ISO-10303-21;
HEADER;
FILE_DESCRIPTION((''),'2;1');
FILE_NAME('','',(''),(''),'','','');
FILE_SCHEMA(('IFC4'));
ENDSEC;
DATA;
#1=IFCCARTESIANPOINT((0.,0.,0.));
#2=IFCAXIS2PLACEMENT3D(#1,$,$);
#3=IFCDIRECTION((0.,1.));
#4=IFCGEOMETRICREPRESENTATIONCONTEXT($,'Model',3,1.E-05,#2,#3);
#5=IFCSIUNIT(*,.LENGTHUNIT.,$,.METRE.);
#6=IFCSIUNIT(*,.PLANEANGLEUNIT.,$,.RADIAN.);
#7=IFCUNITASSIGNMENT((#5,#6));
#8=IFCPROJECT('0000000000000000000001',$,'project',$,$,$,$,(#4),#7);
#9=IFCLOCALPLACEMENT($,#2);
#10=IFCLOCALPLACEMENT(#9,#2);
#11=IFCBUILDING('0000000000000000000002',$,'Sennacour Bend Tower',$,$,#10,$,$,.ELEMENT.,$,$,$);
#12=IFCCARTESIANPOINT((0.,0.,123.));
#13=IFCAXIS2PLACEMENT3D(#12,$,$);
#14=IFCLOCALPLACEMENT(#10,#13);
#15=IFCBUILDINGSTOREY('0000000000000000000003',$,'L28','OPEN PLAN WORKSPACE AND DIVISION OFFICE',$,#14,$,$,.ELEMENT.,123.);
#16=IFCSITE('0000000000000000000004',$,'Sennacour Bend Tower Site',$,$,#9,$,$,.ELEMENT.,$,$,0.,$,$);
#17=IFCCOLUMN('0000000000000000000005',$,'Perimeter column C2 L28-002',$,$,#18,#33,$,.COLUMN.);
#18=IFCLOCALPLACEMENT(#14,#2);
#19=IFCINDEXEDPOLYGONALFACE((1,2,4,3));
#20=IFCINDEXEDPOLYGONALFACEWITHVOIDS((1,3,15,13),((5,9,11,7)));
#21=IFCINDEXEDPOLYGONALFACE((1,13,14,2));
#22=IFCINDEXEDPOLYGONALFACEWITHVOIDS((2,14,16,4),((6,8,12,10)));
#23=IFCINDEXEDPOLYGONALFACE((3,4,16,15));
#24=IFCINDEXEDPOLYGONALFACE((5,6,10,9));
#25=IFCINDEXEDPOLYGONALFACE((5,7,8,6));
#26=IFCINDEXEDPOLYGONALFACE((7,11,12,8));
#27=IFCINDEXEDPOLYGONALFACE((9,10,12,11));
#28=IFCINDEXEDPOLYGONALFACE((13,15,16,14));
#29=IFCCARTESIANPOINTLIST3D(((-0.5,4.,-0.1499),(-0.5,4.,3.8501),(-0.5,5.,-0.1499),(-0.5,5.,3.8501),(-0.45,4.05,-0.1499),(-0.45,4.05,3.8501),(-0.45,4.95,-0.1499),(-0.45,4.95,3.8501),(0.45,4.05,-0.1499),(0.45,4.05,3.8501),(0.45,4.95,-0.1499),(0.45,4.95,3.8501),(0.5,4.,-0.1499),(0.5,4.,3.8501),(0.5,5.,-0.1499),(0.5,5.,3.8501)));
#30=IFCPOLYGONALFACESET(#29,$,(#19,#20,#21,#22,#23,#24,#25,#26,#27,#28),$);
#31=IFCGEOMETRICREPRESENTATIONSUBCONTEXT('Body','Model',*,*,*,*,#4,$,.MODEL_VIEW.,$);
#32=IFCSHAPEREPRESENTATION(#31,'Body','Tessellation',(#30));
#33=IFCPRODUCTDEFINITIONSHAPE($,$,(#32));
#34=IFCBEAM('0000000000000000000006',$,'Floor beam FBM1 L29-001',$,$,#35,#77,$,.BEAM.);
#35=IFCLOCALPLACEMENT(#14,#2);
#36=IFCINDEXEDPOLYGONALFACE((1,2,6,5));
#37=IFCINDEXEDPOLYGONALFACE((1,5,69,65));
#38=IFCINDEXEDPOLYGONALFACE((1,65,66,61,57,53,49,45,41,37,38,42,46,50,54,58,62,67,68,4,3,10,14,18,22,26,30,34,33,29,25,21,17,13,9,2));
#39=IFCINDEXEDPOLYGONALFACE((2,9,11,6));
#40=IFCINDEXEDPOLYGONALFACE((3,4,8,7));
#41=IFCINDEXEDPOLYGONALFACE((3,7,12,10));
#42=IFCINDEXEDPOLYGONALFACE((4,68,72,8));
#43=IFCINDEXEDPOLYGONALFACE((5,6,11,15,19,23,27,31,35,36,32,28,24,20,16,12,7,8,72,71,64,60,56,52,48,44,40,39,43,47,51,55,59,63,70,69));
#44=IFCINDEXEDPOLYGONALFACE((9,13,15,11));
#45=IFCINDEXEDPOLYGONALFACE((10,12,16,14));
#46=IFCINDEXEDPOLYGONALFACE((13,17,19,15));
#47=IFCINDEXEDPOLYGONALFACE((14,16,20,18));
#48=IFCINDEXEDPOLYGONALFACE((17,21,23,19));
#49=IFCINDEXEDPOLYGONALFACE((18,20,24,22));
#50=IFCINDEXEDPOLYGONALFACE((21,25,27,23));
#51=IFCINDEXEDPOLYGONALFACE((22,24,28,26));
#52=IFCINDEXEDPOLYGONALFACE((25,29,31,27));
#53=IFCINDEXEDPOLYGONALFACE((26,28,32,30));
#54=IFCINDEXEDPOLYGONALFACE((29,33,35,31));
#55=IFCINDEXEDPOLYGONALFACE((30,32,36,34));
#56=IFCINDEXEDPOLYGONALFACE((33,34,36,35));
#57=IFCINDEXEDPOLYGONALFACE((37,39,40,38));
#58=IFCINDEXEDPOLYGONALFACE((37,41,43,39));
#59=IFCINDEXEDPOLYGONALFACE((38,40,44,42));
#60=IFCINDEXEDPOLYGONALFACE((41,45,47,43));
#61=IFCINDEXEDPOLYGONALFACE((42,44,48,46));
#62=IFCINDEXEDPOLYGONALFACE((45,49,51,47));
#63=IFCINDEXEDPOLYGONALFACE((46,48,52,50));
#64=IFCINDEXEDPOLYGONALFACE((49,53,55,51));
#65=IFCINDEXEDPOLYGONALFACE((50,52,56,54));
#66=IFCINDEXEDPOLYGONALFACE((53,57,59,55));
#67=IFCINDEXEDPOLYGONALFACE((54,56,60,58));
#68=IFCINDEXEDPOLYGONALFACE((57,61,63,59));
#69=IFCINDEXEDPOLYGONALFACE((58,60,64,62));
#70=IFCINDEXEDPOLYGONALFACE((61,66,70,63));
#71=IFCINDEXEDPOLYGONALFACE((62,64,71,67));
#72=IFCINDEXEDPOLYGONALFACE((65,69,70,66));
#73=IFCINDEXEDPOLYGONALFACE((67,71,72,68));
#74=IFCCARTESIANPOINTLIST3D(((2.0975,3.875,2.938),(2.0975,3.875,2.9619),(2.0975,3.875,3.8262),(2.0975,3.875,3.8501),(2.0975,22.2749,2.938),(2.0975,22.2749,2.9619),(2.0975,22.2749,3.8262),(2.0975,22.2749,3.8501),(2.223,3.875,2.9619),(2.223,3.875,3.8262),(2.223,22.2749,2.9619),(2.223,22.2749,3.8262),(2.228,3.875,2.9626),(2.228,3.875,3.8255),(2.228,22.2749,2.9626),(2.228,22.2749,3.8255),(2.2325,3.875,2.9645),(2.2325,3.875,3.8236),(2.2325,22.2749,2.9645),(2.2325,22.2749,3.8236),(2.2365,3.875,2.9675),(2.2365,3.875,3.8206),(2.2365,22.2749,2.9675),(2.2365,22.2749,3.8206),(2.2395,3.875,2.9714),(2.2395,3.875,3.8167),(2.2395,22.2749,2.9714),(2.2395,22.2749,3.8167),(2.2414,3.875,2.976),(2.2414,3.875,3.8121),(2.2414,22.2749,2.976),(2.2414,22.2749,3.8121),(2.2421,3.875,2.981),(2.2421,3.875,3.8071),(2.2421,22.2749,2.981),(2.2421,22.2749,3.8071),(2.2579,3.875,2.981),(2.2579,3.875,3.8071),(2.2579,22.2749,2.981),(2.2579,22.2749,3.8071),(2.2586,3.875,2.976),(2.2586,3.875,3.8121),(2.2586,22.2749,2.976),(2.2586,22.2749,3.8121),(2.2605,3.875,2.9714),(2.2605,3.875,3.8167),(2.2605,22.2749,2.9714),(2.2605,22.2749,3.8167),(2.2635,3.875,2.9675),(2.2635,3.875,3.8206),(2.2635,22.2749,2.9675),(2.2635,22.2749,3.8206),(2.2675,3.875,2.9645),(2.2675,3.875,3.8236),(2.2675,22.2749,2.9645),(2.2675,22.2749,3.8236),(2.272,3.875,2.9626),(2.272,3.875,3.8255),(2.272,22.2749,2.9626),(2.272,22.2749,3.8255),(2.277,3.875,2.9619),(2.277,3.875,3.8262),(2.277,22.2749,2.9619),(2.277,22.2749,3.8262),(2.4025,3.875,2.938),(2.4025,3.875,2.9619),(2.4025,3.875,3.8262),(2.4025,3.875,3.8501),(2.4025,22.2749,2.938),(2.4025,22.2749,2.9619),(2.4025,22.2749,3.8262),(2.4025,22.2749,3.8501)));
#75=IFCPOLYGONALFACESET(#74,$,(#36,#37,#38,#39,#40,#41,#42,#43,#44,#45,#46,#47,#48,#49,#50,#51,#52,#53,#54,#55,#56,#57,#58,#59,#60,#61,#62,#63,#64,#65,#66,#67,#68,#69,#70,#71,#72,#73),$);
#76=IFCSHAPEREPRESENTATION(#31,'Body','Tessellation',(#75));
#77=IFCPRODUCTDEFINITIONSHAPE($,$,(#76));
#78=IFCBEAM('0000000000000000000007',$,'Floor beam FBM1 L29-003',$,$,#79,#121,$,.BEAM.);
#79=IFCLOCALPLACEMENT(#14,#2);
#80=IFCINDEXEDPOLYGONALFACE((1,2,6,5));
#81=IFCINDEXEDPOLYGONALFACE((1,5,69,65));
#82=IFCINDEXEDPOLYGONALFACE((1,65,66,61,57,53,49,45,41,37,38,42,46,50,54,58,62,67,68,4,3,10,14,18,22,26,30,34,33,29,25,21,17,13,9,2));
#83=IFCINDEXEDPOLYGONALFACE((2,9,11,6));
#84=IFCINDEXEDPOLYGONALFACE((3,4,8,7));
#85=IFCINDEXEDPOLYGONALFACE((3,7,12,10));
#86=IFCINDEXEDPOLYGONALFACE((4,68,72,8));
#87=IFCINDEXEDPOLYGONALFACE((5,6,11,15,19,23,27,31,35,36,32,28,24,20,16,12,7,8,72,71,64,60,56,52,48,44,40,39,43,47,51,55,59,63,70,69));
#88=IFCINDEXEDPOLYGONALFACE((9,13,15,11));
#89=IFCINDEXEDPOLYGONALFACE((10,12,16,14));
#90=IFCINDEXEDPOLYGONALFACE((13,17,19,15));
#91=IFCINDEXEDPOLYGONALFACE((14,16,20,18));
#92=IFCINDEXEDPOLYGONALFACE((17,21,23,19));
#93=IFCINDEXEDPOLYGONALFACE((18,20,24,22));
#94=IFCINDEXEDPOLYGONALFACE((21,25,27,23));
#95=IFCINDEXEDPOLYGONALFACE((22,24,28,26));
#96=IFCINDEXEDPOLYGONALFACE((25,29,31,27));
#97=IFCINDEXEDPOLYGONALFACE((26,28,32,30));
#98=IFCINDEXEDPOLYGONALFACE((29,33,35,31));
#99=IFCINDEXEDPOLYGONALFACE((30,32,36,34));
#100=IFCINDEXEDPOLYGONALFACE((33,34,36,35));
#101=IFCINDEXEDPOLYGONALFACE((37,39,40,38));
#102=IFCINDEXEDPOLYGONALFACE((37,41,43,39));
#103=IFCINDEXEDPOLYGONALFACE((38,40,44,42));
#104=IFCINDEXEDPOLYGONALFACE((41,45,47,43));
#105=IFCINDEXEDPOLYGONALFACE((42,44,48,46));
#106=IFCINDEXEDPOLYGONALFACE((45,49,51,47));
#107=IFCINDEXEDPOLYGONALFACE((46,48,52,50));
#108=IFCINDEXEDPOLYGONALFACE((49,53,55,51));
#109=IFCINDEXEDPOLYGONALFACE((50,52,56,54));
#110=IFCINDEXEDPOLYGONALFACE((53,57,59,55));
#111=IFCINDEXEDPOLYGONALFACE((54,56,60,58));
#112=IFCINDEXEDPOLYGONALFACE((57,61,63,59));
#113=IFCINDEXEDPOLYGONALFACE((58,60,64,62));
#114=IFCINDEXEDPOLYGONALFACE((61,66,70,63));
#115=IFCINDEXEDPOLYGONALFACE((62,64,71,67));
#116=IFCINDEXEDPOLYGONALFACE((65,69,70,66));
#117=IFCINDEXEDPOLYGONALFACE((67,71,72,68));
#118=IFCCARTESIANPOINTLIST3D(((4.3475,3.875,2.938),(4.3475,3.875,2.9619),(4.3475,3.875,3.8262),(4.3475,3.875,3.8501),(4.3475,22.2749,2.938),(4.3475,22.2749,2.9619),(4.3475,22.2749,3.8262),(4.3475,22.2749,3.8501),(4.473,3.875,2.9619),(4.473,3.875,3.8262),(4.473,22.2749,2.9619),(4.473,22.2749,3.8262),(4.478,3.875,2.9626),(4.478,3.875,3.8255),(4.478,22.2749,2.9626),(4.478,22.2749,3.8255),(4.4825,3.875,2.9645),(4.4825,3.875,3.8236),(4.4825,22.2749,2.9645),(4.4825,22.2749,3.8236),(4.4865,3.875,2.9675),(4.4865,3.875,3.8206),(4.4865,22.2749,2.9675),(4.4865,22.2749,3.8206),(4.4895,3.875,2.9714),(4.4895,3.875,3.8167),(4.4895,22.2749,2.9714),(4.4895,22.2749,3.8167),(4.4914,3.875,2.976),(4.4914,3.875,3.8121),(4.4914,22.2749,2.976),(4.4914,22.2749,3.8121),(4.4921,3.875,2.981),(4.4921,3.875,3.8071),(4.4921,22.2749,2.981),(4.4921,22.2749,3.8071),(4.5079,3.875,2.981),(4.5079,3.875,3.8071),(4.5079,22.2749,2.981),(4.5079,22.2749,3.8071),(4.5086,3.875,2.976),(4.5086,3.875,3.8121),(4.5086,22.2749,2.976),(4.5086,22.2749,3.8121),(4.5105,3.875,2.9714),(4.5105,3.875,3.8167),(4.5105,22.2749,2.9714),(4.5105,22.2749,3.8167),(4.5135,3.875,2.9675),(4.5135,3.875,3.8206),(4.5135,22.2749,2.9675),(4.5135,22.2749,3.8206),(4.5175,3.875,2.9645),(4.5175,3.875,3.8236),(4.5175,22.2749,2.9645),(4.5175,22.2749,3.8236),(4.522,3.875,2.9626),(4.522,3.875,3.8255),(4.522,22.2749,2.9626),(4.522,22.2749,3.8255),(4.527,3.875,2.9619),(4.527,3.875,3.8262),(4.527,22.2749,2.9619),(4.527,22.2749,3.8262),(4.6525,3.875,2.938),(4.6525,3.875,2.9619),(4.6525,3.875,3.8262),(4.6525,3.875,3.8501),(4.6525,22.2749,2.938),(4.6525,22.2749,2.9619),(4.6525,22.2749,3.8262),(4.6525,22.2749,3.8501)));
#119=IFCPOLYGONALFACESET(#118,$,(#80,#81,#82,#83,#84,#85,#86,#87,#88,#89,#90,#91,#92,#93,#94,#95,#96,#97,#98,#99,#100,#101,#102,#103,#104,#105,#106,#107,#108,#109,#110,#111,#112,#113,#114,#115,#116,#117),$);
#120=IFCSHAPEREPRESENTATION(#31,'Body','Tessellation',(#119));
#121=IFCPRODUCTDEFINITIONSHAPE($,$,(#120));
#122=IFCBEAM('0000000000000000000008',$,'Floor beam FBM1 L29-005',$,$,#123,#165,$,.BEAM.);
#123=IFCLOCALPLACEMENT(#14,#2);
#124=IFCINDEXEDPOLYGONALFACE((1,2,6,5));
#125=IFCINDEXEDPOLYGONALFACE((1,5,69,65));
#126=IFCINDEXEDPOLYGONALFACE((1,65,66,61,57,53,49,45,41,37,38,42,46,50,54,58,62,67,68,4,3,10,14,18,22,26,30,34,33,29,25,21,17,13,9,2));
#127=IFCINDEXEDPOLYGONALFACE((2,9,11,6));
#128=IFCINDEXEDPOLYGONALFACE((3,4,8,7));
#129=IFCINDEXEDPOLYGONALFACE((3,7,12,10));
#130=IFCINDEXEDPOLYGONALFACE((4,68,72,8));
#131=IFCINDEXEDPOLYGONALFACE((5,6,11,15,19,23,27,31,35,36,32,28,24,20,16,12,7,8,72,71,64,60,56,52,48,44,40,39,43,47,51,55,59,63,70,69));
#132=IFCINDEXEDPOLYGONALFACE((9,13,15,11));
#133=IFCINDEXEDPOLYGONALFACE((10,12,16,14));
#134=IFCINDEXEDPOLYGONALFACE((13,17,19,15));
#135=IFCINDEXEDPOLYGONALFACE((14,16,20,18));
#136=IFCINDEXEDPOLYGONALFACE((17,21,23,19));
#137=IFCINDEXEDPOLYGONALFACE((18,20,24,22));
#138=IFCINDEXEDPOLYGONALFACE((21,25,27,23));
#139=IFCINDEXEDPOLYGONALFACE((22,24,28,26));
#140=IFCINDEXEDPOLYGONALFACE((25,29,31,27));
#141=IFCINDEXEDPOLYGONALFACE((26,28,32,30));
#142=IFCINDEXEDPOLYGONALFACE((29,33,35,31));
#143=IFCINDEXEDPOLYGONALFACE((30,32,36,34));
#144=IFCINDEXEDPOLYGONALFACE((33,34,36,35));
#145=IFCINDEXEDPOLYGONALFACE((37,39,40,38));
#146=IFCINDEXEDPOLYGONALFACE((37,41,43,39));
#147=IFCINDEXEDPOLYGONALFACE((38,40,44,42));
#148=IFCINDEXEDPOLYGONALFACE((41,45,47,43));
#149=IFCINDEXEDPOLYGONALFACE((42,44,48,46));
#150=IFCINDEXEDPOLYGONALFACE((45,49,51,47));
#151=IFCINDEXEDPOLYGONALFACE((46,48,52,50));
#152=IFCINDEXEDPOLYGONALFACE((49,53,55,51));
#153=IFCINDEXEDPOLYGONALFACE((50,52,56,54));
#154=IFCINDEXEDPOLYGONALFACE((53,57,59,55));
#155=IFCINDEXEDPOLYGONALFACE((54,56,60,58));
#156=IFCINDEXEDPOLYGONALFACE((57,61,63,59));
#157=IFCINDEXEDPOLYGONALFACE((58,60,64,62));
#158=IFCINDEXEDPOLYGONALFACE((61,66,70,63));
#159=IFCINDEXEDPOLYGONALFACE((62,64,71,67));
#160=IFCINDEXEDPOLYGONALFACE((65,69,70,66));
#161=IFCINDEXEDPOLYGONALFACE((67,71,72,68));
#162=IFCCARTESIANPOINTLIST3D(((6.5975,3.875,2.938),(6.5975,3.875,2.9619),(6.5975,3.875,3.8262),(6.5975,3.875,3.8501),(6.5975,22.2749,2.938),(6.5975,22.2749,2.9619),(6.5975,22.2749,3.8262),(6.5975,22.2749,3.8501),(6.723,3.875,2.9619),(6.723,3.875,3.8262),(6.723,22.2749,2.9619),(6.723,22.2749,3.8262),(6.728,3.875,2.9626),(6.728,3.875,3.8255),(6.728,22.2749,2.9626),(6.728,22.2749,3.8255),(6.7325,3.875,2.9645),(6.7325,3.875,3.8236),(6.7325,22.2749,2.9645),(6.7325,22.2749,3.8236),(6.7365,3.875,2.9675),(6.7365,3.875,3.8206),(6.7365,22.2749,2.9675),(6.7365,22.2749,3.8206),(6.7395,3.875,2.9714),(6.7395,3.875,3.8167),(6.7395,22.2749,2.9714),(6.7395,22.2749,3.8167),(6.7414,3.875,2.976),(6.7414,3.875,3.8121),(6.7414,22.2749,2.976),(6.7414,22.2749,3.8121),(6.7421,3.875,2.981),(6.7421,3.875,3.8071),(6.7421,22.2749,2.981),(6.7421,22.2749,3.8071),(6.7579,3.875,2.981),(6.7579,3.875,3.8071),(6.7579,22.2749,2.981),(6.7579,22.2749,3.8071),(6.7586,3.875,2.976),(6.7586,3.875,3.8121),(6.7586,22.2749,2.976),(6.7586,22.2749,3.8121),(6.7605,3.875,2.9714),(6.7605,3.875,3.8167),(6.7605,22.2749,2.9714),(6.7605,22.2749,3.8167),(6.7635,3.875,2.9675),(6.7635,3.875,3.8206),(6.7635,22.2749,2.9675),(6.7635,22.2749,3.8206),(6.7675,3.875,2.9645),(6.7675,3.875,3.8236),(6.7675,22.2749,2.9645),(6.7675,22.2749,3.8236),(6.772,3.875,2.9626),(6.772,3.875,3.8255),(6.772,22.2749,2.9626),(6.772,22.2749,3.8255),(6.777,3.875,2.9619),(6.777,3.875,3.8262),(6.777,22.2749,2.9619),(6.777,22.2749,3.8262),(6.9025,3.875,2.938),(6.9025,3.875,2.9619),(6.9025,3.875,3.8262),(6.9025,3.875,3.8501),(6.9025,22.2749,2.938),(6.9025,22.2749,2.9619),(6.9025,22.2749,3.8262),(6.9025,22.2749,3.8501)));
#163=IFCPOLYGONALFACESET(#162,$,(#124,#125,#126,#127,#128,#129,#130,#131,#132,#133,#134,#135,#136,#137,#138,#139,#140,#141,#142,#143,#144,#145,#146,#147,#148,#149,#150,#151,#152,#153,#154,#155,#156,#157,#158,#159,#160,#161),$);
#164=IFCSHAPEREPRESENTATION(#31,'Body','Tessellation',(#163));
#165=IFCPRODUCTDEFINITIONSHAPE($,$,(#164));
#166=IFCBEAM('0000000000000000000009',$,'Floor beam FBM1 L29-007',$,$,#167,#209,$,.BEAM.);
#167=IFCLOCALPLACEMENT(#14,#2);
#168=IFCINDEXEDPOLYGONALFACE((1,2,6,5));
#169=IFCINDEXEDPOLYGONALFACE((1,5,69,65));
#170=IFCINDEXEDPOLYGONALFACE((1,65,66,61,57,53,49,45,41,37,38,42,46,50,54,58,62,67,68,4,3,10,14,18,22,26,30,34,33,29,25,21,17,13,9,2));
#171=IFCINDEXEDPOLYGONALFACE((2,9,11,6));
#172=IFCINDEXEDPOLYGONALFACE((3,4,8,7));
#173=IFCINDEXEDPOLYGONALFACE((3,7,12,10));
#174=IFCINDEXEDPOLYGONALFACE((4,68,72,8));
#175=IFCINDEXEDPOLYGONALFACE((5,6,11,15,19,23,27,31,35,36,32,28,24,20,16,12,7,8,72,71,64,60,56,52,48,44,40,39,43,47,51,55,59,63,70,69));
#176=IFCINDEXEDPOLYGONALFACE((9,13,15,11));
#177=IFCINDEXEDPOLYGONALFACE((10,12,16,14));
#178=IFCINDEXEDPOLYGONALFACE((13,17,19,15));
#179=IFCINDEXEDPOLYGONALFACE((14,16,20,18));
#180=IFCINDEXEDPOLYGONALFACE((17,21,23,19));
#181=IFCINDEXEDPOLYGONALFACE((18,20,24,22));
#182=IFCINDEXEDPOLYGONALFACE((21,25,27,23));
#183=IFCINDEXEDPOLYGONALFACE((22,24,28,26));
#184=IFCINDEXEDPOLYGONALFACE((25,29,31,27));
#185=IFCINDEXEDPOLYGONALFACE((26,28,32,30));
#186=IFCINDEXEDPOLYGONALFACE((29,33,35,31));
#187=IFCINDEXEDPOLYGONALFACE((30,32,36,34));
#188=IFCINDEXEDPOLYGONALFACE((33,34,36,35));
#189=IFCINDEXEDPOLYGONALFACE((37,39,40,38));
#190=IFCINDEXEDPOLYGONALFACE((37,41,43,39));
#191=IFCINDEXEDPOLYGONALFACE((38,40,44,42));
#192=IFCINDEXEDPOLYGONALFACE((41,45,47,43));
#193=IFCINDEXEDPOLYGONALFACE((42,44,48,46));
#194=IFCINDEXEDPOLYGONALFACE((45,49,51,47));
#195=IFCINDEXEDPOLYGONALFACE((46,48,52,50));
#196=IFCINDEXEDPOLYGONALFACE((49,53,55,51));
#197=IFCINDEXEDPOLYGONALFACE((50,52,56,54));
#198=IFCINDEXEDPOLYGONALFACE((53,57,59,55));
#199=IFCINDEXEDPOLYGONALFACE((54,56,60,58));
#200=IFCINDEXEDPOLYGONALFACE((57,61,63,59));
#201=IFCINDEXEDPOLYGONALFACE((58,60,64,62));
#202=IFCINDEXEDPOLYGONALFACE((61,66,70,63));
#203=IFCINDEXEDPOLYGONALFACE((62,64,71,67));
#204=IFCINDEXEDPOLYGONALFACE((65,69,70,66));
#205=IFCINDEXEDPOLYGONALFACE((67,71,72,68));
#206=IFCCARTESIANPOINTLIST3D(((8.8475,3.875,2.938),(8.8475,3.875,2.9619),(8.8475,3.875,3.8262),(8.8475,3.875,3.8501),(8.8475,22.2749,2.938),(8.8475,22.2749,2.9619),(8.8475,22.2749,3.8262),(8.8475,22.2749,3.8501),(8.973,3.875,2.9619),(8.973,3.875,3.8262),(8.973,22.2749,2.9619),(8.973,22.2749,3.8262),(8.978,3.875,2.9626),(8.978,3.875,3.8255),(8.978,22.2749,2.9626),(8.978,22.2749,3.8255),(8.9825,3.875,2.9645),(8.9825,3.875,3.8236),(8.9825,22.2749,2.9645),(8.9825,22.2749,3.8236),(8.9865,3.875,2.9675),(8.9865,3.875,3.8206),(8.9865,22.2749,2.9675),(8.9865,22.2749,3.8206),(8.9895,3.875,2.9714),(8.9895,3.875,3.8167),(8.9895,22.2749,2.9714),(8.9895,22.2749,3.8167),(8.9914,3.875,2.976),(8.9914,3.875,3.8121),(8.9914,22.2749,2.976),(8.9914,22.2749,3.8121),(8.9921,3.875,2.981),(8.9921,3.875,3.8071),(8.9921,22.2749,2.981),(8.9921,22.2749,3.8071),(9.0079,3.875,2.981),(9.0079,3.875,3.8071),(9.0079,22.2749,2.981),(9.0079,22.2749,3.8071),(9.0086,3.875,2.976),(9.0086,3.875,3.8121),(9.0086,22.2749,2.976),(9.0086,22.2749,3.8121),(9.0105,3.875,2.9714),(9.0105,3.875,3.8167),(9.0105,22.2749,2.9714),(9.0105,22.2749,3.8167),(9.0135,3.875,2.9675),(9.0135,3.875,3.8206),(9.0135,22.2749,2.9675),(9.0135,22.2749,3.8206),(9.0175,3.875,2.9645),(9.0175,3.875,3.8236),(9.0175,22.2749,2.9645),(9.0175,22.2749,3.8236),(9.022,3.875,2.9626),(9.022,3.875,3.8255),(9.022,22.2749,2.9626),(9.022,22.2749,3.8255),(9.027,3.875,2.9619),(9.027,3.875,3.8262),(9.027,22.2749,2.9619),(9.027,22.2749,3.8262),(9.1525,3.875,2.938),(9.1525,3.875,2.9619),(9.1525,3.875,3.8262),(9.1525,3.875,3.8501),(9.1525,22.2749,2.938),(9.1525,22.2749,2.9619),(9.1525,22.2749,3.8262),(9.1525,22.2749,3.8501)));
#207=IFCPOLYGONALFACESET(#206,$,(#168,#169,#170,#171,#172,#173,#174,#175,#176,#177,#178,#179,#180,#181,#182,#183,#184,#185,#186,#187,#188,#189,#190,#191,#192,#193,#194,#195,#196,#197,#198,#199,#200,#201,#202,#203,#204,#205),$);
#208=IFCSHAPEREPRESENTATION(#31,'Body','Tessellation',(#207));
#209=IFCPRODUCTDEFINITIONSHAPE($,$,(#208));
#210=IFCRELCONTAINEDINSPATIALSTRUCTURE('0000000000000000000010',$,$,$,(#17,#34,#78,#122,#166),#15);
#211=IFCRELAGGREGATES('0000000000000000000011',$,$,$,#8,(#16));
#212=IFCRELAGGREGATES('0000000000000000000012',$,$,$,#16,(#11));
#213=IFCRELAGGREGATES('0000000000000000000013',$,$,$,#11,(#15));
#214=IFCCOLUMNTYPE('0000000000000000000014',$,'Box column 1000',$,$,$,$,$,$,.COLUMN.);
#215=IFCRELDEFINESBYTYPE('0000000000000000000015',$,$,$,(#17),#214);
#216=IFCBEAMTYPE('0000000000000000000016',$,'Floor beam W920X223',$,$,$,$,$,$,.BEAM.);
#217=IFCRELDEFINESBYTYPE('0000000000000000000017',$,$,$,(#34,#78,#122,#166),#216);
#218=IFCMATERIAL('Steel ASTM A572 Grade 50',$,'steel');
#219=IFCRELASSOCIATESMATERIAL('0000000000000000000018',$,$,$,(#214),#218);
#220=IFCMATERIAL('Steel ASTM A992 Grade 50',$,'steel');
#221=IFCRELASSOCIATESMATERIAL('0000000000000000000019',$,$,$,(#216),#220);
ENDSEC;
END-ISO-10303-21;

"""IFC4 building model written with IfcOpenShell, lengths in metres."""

from ifc_helpers import new_model, si_unit, direction, frame, origin, origin_2d, place, context, subcontext, project, spatial, hollow_rectangle, i_section, extrude, material, material_profile, profile_set, type_object, element, save


model = new_model("IFC4")

# Units and contexts
model_context = context("Model", 3, precision=1e-05, world=origin(), true_north=direction((0.0, 1.0)))
body_context = subcontext(model_context, "Body", "Model", "MODEL_VIEW")
ifc_project = project(units=[si_unit("LENGTHUNIT", "METRE"), si_unit("PLANEANGLEUNIT", "RADIAN")], contexts=[model_context])

# Site, building, storey
site_placement = place(None, origin())
site = spatial("IfcSite", under=ifc_project, at=site_placement, Name="Sennacour Bend Tower Site", CompositionType="ELEMENT", RefElevation=0.0)
building_placement = place(site_placement, origin())
building = spatial("IfcBuilding", under=site, at=building_placement, Name="Sennacour Bend Tower", CompositionType="ELEMENT")
storey_placement = place(building_placement, frame((0.0, 0.0, 123.0)))
storey = spatial("IfcBuildingStorey", under=building, at=storey_placement, Name="L28", Description="OPEN PLAN WORKSPACE AND DIVISION OFFICE", CompositionType="ELEMENT", Elevation=123.0)

# Column
ifc_material_1 = material(Name="Steel ASTM A572 Grade 50", Category="steel")
ifc_material_profile_1 = material_profile(ifc_material_1, hollow_rectangle(XDim=1.0, YDim=1.0, WallThickness=0.05, at=origin_2d()), Name="Steel ASTM A572 Grade 50", Category="steel")
ifc_profile_set_1 = profile_set([ifc_material_profile_1], Name="Steel ASTM A572 Grade 50")
column_type = type_object("IfcColumnType", Name="Box column 1000", PredefinedType="COLUMN", material=ifc_profile_set_1)
column_placement = place(storey_placement, frame((0.0, 4.5, -0.1499), z_axis=(0.0, 0.0, 1.0), x_axis=(1.0, 0.0, 0.0)))
element("IfcColumn", 1, at=column_placement, inside=storey, type_object=column_type, Name="Perimeter column C2 L28-002", PredefinedType="COLUMN", context=body_context, shape_type="SweptSolid", body=[
    extrude(hollow_rectangle(XDim=1.0, YDim=1.0, WallThickness=0.05, at=origin_2d()), origin(), (0.0, 0.0, 1.0), 4.0),
])

# Beams
ifc_material_2 = material(Name="Steel ASTM A992 Grade 50", Category="steel")
ifc_material_profile_2 = material_profile(ifc_material_2, i_section(OverallWidth=0.3049, OverallDepth=0.9121, WebThickness=0.0159, FlangeThickness=0.0239, FilletRadius=0.019, at=origin_2d()), Name="Steel ASTM A992 Grade 50", Category="steel")
ifc_profile_set_2 = profile_set([ifc_material_profile_2], Name="Steel ASTM A992 Grade 50")
beam_type_1 = type_object("IfcBeamType", Name="Floor beam W920X223", PredefinedType="BEAM", material=ifc_profile_set_2)
for number, where, z_axis, x_axis, name in (
    (2, (2.25, 3.875, 3.394), (0.0, 1.0, 0.0), (-1.0, 0.0, 0.0), "Floor beam FBM1 L29-001"),
    (3, (4.5, 3.875, 3.394), (0.0, 1.0, 0.0), (-1.0, 0.0, 0.0), "Floor beam FBM1 L29-003"),
    (4, (6.75, 3.875, 3.394), (0.0, 1.0, 0.0), (-1.0, 0.0, 0.0), "Floor beam FBM1 L29-005"),
    (5, (9.0, 3.875, 3.394), (0.0, 1.0, 0.0), (-1.0, 0.0, 0.0), "Floor beam FBM1 L29-007"),
):
    element("IfcBeam", number, at=place(storey_placement, frame(where, z_axis=z_axis, x_axis=x_axis)), inside=storey, type_object=beam_type_1, Name=name, PredefinedType="BEAM", context=body_context, shape_type="SweptSolid", body=[
        extrude(i_section(OverallWidth=0.3049, OverallDepth=0.9121, WebThickness=0.0159, FlangeThickness=0.0239, FilletRadius=0.019, at=origin_2d()), origin(), (0.0, 0.0, 1.0), 18.3999),
    ])

save(model, "model.ifc")
